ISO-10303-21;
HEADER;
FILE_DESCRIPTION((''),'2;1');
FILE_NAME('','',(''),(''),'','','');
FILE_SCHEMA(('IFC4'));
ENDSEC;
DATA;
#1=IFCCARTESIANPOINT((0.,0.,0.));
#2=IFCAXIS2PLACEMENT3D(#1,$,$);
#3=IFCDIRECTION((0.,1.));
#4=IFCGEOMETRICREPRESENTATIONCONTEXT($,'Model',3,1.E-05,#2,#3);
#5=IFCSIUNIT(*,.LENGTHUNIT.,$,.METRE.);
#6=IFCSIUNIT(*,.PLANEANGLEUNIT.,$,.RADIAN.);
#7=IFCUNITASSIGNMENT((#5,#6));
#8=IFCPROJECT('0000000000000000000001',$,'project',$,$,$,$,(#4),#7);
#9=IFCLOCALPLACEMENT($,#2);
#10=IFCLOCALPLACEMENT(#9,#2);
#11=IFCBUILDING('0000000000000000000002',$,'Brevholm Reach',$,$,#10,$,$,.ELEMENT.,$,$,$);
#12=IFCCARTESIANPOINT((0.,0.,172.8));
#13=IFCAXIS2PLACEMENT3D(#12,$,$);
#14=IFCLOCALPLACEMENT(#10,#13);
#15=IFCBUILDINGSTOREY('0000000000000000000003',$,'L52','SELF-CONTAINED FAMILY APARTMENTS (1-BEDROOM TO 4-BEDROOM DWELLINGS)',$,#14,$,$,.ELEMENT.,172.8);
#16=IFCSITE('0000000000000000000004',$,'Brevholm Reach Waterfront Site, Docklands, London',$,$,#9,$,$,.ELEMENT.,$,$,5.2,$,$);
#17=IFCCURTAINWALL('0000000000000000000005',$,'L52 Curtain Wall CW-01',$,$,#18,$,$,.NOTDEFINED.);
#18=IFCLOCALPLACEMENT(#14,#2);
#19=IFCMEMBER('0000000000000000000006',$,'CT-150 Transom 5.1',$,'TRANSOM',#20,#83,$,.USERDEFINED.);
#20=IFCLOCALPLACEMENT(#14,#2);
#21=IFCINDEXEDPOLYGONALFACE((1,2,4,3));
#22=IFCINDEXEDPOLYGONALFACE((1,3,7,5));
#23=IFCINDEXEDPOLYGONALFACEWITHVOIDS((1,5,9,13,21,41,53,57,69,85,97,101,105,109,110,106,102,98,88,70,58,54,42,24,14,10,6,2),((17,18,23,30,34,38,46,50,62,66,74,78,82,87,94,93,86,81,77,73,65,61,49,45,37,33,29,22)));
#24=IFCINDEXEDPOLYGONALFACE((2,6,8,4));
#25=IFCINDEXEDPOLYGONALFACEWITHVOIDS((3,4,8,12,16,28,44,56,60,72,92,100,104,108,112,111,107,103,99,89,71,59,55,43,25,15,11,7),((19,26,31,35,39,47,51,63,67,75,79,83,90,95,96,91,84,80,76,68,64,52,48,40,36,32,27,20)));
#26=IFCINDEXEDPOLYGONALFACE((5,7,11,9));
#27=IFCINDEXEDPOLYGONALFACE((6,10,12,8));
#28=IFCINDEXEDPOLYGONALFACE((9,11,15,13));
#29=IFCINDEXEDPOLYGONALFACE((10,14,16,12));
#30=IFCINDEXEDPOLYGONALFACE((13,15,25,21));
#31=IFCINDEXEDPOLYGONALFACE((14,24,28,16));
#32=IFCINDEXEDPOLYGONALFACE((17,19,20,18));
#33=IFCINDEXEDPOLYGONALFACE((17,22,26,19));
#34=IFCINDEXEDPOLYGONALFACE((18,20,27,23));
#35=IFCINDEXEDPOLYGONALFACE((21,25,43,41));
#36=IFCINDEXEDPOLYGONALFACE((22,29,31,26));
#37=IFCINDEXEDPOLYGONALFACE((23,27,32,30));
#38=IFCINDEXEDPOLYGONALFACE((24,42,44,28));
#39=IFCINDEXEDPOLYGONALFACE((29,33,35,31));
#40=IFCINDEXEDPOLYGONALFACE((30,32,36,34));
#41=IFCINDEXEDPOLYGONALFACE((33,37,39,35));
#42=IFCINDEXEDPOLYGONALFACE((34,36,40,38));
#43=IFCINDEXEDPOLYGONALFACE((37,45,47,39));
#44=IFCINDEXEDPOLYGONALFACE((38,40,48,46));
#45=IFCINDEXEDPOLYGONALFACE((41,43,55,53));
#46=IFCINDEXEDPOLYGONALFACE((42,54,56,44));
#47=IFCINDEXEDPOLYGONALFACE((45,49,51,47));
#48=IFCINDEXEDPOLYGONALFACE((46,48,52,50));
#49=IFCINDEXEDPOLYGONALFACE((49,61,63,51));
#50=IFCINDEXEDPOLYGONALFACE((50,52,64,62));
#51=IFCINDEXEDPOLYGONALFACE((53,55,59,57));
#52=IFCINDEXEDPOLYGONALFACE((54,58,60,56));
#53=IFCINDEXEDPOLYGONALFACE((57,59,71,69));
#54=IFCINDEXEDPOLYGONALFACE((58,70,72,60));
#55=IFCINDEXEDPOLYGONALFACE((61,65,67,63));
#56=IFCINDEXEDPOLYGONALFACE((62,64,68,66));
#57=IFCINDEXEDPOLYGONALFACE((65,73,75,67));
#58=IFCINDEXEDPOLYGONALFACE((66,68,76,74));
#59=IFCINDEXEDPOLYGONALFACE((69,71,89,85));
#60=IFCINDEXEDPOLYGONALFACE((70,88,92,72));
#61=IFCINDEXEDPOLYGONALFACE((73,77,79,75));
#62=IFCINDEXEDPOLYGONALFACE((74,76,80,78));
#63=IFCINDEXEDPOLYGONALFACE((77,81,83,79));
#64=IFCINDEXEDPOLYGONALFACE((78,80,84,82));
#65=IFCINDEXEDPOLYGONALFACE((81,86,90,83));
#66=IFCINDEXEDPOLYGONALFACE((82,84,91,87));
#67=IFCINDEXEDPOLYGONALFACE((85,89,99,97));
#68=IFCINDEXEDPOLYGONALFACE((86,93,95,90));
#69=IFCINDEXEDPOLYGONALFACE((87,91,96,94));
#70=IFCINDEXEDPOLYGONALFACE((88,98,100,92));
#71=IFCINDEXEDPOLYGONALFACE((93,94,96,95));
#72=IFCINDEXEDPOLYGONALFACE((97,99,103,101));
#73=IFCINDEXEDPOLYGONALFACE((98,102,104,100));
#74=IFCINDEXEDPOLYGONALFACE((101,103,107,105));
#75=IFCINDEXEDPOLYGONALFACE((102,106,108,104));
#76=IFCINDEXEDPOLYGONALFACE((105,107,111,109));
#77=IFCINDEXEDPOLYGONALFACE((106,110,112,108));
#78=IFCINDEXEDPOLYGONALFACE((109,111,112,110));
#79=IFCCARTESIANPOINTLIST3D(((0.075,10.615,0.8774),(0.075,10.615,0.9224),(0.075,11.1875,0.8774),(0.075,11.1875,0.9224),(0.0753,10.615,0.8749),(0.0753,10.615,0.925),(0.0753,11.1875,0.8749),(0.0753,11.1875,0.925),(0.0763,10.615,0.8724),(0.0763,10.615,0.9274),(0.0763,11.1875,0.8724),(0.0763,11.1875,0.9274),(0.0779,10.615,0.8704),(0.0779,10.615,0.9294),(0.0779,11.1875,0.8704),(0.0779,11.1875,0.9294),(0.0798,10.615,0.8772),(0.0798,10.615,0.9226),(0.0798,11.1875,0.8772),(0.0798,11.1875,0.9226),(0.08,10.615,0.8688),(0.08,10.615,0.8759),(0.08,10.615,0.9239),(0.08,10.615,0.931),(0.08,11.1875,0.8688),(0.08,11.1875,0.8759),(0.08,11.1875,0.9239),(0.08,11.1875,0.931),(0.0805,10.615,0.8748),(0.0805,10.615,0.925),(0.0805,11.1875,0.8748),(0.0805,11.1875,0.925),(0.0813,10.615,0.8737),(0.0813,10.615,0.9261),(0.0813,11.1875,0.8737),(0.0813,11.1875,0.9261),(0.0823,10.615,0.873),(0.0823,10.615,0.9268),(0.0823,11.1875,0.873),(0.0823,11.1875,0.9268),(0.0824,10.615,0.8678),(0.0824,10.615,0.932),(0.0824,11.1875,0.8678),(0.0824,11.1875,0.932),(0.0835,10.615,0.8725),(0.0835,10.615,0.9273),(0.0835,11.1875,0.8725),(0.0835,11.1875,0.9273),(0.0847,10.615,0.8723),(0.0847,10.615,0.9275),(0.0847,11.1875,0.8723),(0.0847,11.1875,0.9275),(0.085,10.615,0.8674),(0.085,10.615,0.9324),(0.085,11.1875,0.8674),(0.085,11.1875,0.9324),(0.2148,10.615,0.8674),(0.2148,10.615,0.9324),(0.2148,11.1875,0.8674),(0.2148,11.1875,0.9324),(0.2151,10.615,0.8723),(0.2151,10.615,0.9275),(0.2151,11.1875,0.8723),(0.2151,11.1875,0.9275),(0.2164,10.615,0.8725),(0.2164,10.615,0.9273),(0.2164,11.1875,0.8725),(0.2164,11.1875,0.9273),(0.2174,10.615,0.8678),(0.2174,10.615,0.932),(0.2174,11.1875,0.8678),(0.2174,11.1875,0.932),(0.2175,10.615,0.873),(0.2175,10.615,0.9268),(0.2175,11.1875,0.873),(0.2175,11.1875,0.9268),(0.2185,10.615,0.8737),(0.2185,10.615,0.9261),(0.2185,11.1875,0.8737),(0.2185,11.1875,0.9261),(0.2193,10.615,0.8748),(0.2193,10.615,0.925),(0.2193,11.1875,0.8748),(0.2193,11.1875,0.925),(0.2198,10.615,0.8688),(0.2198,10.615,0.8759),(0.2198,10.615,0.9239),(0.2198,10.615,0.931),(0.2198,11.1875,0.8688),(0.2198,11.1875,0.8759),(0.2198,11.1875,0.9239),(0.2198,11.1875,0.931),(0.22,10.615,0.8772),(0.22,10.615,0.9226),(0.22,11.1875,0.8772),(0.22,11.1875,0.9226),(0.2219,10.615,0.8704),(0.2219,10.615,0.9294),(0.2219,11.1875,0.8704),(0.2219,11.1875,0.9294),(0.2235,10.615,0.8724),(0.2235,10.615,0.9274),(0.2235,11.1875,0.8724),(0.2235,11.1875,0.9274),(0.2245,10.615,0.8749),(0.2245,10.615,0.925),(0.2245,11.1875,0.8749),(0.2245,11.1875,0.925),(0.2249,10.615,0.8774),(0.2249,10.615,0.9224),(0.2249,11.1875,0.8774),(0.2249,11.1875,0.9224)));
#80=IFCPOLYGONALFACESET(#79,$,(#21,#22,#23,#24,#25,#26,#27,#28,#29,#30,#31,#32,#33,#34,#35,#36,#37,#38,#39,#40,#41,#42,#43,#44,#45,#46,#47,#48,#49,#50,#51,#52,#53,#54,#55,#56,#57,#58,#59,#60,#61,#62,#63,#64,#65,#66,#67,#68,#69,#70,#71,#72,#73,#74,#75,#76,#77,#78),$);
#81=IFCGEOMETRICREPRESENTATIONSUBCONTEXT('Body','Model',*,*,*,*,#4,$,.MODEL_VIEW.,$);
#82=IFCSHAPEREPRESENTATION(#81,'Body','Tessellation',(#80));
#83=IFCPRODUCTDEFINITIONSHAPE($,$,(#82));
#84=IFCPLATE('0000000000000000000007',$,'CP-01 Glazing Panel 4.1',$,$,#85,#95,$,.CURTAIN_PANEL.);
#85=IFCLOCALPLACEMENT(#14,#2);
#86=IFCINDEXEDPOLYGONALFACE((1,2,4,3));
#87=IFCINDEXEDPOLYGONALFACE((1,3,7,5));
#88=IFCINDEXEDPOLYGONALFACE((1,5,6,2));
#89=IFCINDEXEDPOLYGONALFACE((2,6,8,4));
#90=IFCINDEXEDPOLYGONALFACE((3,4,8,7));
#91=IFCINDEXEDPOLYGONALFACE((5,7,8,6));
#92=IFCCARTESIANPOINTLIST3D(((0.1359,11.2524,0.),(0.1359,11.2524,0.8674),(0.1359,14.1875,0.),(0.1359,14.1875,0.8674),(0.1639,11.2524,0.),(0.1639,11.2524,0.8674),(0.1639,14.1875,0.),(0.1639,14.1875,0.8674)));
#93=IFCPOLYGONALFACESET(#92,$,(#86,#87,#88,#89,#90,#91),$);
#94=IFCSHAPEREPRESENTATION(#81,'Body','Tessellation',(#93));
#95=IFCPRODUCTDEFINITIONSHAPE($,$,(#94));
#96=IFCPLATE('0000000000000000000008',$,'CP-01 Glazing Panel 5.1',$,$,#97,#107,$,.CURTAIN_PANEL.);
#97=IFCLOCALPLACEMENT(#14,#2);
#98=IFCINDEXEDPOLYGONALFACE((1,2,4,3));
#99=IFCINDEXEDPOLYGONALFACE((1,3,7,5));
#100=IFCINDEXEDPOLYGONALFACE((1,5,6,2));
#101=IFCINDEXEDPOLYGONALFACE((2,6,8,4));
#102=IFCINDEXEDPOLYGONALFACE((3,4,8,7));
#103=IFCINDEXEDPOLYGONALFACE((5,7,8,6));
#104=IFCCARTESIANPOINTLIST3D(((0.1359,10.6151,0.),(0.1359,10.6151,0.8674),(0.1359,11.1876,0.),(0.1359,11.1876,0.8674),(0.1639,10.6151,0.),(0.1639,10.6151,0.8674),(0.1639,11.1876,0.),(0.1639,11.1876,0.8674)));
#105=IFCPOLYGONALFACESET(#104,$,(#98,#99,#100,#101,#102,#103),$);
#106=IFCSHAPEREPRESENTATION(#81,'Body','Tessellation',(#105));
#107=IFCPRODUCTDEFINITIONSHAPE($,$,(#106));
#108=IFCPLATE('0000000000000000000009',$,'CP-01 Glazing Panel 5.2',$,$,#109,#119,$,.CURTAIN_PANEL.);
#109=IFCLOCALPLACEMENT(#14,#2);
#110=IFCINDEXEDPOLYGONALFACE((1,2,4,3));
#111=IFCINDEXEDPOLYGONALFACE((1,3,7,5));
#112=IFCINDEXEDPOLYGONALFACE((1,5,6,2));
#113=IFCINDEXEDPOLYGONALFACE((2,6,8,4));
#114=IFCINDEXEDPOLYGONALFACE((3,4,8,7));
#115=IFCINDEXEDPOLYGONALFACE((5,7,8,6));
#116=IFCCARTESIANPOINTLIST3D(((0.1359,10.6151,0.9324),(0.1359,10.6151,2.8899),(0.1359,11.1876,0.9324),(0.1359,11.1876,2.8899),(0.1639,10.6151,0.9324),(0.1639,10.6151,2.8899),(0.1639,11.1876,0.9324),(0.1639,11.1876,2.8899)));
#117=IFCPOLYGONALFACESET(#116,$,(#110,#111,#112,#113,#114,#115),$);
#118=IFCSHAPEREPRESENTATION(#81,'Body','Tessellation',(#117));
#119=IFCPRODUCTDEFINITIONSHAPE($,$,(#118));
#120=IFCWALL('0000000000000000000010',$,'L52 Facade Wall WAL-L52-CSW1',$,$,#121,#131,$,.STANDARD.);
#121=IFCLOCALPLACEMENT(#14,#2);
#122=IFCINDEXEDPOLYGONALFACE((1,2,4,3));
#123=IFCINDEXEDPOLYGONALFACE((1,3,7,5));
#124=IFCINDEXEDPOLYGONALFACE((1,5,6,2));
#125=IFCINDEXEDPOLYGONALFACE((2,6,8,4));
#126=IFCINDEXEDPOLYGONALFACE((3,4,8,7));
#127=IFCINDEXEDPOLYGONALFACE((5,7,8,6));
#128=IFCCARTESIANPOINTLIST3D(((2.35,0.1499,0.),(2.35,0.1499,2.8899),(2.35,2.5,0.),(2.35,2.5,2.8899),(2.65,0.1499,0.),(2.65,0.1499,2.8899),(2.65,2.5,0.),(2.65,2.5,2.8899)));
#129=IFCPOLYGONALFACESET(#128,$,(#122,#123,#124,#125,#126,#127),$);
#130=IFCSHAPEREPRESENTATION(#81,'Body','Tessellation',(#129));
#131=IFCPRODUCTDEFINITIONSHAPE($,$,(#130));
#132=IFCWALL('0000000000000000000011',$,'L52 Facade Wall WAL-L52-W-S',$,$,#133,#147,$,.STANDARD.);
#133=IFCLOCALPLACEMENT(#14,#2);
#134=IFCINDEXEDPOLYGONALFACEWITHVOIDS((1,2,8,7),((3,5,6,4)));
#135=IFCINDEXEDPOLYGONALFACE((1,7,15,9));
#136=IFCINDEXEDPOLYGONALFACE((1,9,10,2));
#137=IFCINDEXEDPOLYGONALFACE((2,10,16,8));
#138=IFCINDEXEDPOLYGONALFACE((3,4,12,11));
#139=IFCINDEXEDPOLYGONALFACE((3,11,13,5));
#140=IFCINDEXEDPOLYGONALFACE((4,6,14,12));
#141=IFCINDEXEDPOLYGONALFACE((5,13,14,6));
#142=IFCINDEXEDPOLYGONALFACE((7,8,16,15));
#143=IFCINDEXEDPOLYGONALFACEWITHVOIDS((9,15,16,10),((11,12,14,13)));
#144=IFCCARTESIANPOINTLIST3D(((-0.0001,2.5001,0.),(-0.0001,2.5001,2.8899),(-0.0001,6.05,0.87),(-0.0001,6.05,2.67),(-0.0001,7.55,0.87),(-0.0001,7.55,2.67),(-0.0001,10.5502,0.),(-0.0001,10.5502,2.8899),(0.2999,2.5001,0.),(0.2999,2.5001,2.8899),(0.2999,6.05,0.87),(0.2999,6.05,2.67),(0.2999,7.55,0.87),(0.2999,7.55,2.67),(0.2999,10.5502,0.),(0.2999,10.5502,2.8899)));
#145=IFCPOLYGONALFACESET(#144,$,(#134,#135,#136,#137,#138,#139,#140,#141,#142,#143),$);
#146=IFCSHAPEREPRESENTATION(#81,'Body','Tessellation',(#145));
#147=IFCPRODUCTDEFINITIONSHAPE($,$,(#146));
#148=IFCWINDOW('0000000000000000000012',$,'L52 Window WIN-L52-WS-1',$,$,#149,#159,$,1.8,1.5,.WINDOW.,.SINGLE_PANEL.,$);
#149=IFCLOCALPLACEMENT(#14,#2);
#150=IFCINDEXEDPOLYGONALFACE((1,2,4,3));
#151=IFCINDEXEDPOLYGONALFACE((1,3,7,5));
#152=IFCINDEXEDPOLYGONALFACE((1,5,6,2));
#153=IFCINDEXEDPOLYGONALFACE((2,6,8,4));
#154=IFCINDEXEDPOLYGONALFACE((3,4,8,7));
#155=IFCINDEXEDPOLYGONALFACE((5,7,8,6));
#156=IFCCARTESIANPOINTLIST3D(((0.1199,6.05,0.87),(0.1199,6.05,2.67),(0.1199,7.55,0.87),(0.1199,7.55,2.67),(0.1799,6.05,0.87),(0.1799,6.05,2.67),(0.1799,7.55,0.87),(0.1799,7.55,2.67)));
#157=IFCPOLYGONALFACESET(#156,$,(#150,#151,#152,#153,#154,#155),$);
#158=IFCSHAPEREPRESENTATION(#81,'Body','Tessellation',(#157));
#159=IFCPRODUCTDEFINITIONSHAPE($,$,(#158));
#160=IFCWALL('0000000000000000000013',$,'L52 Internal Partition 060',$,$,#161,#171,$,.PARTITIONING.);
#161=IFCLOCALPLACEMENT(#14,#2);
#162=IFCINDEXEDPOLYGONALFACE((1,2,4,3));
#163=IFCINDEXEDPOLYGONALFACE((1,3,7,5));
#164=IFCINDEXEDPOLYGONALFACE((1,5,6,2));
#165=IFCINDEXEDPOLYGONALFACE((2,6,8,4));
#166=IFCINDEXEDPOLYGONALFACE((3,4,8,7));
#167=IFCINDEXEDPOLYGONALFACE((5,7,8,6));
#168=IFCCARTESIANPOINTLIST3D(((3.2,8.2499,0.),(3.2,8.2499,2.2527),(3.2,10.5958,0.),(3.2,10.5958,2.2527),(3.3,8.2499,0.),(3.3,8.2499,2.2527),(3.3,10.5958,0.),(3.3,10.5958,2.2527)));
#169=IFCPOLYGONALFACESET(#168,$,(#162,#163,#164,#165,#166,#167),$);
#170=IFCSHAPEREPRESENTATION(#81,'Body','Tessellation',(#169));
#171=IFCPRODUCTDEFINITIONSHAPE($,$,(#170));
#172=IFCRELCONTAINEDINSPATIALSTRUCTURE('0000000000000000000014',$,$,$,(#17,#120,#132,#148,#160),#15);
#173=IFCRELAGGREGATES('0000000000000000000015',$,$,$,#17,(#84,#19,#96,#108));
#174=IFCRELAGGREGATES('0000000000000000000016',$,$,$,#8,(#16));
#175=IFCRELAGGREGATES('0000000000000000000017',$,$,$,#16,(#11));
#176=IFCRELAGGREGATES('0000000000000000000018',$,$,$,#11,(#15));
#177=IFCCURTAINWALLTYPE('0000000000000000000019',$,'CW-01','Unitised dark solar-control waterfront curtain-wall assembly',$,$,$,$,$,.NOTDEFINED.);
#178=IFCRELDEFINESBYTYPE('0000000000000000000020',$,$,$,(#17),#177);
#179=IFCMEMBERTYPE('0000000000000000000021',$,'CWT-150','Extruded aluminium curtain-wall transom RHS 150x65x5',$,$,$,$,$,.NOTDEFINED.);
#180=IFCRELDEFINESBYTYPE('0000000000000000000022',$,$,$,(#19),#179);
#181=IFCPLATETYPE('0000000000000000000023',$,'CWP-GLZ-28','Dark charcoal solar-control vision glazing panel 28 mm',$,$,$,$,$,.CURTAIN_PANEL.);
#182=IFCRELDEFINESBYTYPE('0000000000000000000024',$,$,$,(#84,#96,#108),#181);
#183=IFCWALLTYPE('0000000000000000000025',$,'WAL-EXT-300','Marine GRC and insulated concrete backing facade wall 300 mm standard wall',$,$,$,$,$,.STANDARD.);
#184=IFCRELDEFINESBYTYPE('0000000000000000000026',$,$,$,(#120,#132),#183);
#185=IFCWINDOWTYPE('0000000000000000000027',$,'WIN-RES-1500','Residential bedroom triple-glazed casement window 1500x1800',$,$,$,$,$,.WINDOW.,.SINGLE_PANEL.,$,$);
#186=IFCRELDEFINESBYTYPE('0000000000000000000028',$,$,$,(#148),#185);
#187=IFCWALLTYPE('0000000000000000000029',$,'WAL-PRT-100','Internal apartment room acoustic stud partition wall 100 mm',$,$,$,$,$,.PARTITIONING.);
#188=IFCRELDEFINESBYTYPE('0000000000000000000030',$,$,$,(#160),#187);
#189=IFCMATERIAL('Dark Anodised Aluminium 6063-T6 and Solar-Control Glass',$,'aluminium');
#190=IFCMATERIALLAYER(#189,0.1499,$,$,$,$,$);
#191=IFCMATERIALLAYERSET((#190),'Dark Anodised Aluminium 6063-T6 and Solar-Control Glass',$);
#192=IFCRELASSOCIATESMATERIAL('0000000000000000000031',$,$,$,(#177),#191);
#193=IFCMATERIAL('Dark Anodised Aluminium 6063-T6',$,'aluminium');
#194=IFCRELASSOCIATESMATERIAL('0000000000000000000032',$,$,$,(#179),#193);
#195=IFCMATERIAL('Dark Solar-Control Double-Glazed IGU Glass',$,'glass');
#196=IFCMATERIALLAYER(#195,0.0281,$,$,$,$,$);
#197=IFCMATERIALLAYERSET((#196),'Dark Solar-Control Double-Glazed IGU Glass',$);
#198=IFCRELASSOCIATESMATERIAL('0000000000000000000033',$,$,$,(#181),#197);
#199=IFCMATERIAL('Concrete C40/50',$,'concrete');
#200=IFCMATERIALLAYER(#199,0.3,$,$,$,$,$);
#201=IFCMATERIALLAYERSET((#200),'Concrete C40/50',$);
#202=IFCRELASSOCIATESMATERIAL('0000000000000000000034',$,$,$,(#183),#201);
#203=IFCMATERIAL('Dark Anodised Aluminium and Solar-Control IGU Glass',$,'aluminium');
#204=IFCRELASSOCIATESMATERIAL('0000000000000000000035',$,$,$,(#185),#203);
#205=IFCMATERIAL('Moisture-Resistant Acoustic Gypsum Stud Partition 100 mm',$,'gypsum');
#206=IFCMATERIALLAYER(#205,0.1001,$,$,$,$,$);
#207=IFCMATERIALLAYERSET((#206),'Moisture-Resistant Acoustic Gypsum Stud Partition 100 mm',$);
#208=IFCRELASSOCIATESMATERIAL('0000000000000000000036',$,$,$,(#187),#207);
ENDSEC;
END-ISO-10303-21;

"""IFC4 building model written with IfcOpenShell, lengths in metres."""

from ifc_helpers import new_model, si_unit, direction, frame, frame_2d, origin, origin_2d, place, context, subcontext, project, spatial, rectangle, hollow_rectangle, extrude, material, layer, layer_set, material_profile, profile_set, type_object, element, fill, aggregate, save


model = new_model("IFC4")

# Units and contexts
model_context = context("Model", 3, precision=1e-05, world=origin(), true_north=direction((0.0, 1.0)))
body_context = subcontext(model_context, "Body", "Model", "MODEL_VIEW")
ifc_project = project(units=[si_unit("LENGTHUNIT", "METRE"), si_unit("PLANEANGLEUNIT", "RADIAN")], contexts=[model_context])

# Site, building, storey
site_placement = place(None, origin())
site = spatial("IfcSite", under=ifc_project, at=site_placement, Name="Brevholm Reach Waterfront Site, Docklands, London", CompositionType="ELEMENT", RefElevation=5.2)
building_placement = place(site_placement, origin())
building = spatial("IfcBuilding", under=site, at=building_placement, Name="Brevholm Reach", CompositionType="ELEMENT")
storey_placement = place(building_placement, frame((0.0, 0.0, 172.8)))
storey = spatial("IfcBuildingStorey", under=building, at=storey_placement, Name="L52", Description="SELF-CONTAINED FAMILY APARTMENTS (1-BEDROOM TO 4-BEDROOM DWELLINGS)", CompositionType="ELEMENT", Elevation=172.8)

# Curtain wall, member, plates
ifc_material_1 = material(Name="Dark Anodised Aluminium 6063-T6 and Solar-Control Glass", Category="aluminium")
ifc_layer_1 = layer(ifc_material_1, 0.1499)
ifc_layer_set_1 = layer_set([ifc_layer_1], Name="Dark Anodised Aluminium 6063-T6 and Solar-Control Glass")
curtain_wall_type = type_object("IfcCurtainWallType", Name="CW-01", Description="Unitised dark solar-control waterfront curtain-wall assembly", PredefinedType="NOTDEFINED", material=ifc_layer_set_1)
curtain_wall_placement = place(storey_placement, origin())
curtain_wall = element("IfcCurtainWall", 1, at=curtain_wall_placement, inside=storey, type_object=curtain_wall_type, Name="L52 Curtain Wall CW-01", PredefinedType="NOTDEFINED")
ifc_material_2 = material(Name="Dark Anodised Aluminium 6063-T6", Category="aluminium")
ifc_material_profile_1 = material_profile(ifc_material_2, hollow_rectangle(XDim=0.0649, YDim=0.1499, WallThickness=0.0049, InnerFilletRadius=0.0049, OuterFilletRadius=0.01, at=origin_2d()), Name="RHS 150x65x5")
ifc_profile_set_1 = profile_set([ifc_material_profile_1], Name="Dark Anodised Aluminium 6063-T6")
member_type_1 = type_object("IfcMemberType", Name="CWT-150", Description="Extruded aluminium curtain-wall transom RHS 150x65x5", PredefinedType="NOTDEFINED", material=ifc_profile_set_1)
member_1_placement = place(storey_placement, frame((0.1499, 11.1875, 0.8999), z_axis=(0.0, -1.0, 0.0), x_axis=(0.0, 0.0, 1.0)))
member_1 = element("IfcMember", 2, at=member_1_placement, type_object=member_type_1, Name="CT-150 Transom 5.1", ObjectType="TRANSOM", PredefinedType="USERDEFINED", context=body_context, shape_type="SweptSolid", body=[
    extrude(hollow_rectangle(XDim=0.0649, YDim=0.1499, WallThickness=0.0049, InnerFilletRadius=0.0049, OuterFilletRadius=0.01, at=origin_2d()), origin(), (0.0, 0.0, 1.0), 0.5725),
])
ifc_material_3 = material(Name="Dark Solar-Control Double-Glazed IGU Glass", Category="glass")
ifc_layer_2 = layer(ifc_material_3, 0.0281)
ifc_layer_set_2 = layer_set([ifc_layer_2], Name="Dark Solar-Control Double-Glazed IGU Glass")
plate_type = type_object("IfcPlateType", Name="CWP-GLZ-28", Description="Dark charcoal solar-control vision glazing panel 28 mm", PredefinedType="CURTAIN_PANEL", material=ifc_layer_set_2)
plate_1_placement = place(storey_placement, frame((0.1499, 12.72, 0.0), z_axis=(0.0, 0.0, 1.0), x_axis=(0.0, -1.0, 0.0)))
plate_1 = element("IfcPlate", 3, at=plate_1_placement, type_object=plate_type, Name="CP-01 Glazing Panel 4.1", PredefinedType="CURTAIN_PANEL", context=body_context, shape_type="SweptSolid", body=[
    extrude(rectangle(XDim=2.9351, YDim=0.0281, at=origin_2d()), origin(), (0.0, 0.0, 1.0), 0.8674),
])
plate_2_placement = place(storey_placement, frame((0.1499, 10.9014, 0.0), z_axis=(0.0, 0.0, 1.0), x_axis=(0.0, -1.0, 0.0)))
plate_2 = element("IfcPlate", 4, at=plate_2_placement, type_object=plate_type, Name="CP-01 Glazing Panel 5.1", PredefinedType="CURTAIN_PANEL", context=body_context, shape_type="SweptSolid", body=[
    extrude(rectangle(XDim=0.5725, YDim=0.0281, at=origin_2d()), origin(), (0.0, 0.0, 1.0), 0.8674),
])
plate_3_placement = place(storey_placement, frame((0.1499, 10.9014, 0.9324), z_axis=(0.0, 0.0, 1.0), x_axis=(0.0, -1.0, 0.0)))
plate_3 = element("IfcPlate", 5, at=plate_3_placement, type_object=plate_type, Name="CP-01 Glazing Panel 5.2", PredefinedType="CURTAIN_PANEL", context=body_context, shape_type="SweptSolid", body=[
    extrude(rectangle(XDim=0.5725, YDim=0.0281, at=origin_2d()), origin(), (0.0, 0.0, 1.0), 1.9575),
])
aggregate(curtain_wall, [plate_1, member_1, plate_2, plate_3])

# Wall
ifc_material_4 = material(Name="Concrete C40/50", Category="concrete")
ifc_layer_3 = layer(ifc_material_4, 0.3)
ifc_layer_set_3 = layer_set([ifc_layer_3], Name="Concrete C40/50")
wall_type_1 = type_object("IfcWallType", Name="WAL-EXT-300", Description="Marine GRC and insulated concrete backing facade wall 300 mm standard wall", PredefinedType="STANDARD", material=ifc_layer_set_3)
wall_1_placement = place(storey_placement, frame((2.5, 2.5, 0.0), z_axis=(0.0, 0.0, 1.0), x_axis=(0.0, -1.0, 0.0)))
element("IfcWall", 6, at=wall_1_placement, inside=storey, type_object=wall_type_1, Name="L52 Facade Wall WAL-L52-CSW1", PredefinedType="STANDARD", context=body_context, shape_type="SweptSolid", body=[
    extrude(rectangle(XDim=2.3501, YDim=0.3, at=frame_2d((1.175, 0.0))), origin(), (0.0, 0.0, 1.0), 2.8899),
])

# Wall, opening, window
wall_2_placement = place(storey_placement, frame((0.1499, 10.55, 0.0), z_axis=(0.0, 0.0, 1.0), x_axis=(0.0, -1.0, 0.0)))
wall_2 = element("IfcWall", 7, at=wall_2_placement, inside=storey, type_object=wall_type_1, Name="L52 Facade Wall WAL-L52-W-S", PredefinedType="STANDARD", context=body_context, shape_type="SweptSolid", body=[
    extrude(rectangle(XDim=8.05, YDim=0.3, at=frame_2d((4.0249, 0.0))), origin(), (0.0, 0.0, 1.0), 2.8899),
])
opening_1_placement = place(wall_2_placement, frame((3.0, 0.0, 0.8701)))
opening_1 = element("IfcOpeningElement", 8, at=opening_1_placement, cuts=wall_2, PredefinedType="OPENING", context=body_context, shape_type="SweptSolid", body=[
    extrude(rectangle(XDim=1.5, YDim=1.8, at=frame_2d((0.75, 0.8999))), frame((0.0, 0.1599, 0.0), z_axis=(0.0, -1.0, 0.0), x_axis=(1.0, 0.0, 0.0)), (0.0, 0.0, 1.0), 0.3201),
])
ifc_material_5 = material(Name="Dark Anodised Aluminium and Solar-Control IGU Glass", Category="aluminium")
window_type = type_object("IfcWindowType", Name="WIN-RES-1500", Description="Residential bedroom triple-glazed casement window 1500x1800", PartitioningType="SINGLE_PANEL", PredefinedType="WINDOW", material=ifc_material_5)
window_placement = place(opening_1_placement, origin())
window = element("IfcWindow", 9, at=window_placement, inside=storey, type_object=window_type, Name="L52 Window WIN-L52-WS-1", OverallHeight=1.8, OverallWidth=1.5, PartitioningType="SINGLE_PANEL", PredefinedType="WINDOW", context=body_context, shape_type="SweptSolid", body=[
    extrude(rectangle(XDim=1.5, YDim=1.8, at=frame_2d((0.75, 0.8999))), frame((0.0, 0.03, 0.0), z_axis=(0.0, -1.0, 0.0), x_axis=(1.0, 0.0, 0.0)), (0.0, 0.0, 1.0), 0.0601),
])
fill(opening_1, window)

# Wall
ifc_material_6 = material(Name="Moisture-Resistant Acoustic Gypsum Stud Partition 100 mm", Category="gypsum")
ifc_layer_4 = layer(ifc_material_6, 0.1001)
ifc_layer_set_4 = layer_set([ifc_layer_4], Name="Moisture-Resistant Acoustic Gypsum Stud Partition 100 mm")
wall_type_2 = type_object("IfcWallType", Name="WAL-PRT-100", Description="Internal apartment room acoustic stud partition wall 100 mm", PredefinedType="PARTITIONING", material=ifc_layer_set_4)
wall_3_placement = place(storey_placement, frame((3.25, 8.25, 0.0), z_axis=(0.0, 0.0, 1.0), x_axis=(0.0, 1.0, 0.0)))
element("IfcWall", 10, at=wall_3_placement, inside=storey, type_object=wall_type_2, Name="L52 Internal Partition 060", PredefinedType="PARTITIONING", context=body_context, shape_type="SweptSolid", body=[
    extrude(rectangle(XDim=2.3459, YDim=0.1001, at=frame_2d((1.1729, 0.0))), origin(), (0.0, 0.0, 1.0), 2.2527),
])

save(model, "model.ifc")
